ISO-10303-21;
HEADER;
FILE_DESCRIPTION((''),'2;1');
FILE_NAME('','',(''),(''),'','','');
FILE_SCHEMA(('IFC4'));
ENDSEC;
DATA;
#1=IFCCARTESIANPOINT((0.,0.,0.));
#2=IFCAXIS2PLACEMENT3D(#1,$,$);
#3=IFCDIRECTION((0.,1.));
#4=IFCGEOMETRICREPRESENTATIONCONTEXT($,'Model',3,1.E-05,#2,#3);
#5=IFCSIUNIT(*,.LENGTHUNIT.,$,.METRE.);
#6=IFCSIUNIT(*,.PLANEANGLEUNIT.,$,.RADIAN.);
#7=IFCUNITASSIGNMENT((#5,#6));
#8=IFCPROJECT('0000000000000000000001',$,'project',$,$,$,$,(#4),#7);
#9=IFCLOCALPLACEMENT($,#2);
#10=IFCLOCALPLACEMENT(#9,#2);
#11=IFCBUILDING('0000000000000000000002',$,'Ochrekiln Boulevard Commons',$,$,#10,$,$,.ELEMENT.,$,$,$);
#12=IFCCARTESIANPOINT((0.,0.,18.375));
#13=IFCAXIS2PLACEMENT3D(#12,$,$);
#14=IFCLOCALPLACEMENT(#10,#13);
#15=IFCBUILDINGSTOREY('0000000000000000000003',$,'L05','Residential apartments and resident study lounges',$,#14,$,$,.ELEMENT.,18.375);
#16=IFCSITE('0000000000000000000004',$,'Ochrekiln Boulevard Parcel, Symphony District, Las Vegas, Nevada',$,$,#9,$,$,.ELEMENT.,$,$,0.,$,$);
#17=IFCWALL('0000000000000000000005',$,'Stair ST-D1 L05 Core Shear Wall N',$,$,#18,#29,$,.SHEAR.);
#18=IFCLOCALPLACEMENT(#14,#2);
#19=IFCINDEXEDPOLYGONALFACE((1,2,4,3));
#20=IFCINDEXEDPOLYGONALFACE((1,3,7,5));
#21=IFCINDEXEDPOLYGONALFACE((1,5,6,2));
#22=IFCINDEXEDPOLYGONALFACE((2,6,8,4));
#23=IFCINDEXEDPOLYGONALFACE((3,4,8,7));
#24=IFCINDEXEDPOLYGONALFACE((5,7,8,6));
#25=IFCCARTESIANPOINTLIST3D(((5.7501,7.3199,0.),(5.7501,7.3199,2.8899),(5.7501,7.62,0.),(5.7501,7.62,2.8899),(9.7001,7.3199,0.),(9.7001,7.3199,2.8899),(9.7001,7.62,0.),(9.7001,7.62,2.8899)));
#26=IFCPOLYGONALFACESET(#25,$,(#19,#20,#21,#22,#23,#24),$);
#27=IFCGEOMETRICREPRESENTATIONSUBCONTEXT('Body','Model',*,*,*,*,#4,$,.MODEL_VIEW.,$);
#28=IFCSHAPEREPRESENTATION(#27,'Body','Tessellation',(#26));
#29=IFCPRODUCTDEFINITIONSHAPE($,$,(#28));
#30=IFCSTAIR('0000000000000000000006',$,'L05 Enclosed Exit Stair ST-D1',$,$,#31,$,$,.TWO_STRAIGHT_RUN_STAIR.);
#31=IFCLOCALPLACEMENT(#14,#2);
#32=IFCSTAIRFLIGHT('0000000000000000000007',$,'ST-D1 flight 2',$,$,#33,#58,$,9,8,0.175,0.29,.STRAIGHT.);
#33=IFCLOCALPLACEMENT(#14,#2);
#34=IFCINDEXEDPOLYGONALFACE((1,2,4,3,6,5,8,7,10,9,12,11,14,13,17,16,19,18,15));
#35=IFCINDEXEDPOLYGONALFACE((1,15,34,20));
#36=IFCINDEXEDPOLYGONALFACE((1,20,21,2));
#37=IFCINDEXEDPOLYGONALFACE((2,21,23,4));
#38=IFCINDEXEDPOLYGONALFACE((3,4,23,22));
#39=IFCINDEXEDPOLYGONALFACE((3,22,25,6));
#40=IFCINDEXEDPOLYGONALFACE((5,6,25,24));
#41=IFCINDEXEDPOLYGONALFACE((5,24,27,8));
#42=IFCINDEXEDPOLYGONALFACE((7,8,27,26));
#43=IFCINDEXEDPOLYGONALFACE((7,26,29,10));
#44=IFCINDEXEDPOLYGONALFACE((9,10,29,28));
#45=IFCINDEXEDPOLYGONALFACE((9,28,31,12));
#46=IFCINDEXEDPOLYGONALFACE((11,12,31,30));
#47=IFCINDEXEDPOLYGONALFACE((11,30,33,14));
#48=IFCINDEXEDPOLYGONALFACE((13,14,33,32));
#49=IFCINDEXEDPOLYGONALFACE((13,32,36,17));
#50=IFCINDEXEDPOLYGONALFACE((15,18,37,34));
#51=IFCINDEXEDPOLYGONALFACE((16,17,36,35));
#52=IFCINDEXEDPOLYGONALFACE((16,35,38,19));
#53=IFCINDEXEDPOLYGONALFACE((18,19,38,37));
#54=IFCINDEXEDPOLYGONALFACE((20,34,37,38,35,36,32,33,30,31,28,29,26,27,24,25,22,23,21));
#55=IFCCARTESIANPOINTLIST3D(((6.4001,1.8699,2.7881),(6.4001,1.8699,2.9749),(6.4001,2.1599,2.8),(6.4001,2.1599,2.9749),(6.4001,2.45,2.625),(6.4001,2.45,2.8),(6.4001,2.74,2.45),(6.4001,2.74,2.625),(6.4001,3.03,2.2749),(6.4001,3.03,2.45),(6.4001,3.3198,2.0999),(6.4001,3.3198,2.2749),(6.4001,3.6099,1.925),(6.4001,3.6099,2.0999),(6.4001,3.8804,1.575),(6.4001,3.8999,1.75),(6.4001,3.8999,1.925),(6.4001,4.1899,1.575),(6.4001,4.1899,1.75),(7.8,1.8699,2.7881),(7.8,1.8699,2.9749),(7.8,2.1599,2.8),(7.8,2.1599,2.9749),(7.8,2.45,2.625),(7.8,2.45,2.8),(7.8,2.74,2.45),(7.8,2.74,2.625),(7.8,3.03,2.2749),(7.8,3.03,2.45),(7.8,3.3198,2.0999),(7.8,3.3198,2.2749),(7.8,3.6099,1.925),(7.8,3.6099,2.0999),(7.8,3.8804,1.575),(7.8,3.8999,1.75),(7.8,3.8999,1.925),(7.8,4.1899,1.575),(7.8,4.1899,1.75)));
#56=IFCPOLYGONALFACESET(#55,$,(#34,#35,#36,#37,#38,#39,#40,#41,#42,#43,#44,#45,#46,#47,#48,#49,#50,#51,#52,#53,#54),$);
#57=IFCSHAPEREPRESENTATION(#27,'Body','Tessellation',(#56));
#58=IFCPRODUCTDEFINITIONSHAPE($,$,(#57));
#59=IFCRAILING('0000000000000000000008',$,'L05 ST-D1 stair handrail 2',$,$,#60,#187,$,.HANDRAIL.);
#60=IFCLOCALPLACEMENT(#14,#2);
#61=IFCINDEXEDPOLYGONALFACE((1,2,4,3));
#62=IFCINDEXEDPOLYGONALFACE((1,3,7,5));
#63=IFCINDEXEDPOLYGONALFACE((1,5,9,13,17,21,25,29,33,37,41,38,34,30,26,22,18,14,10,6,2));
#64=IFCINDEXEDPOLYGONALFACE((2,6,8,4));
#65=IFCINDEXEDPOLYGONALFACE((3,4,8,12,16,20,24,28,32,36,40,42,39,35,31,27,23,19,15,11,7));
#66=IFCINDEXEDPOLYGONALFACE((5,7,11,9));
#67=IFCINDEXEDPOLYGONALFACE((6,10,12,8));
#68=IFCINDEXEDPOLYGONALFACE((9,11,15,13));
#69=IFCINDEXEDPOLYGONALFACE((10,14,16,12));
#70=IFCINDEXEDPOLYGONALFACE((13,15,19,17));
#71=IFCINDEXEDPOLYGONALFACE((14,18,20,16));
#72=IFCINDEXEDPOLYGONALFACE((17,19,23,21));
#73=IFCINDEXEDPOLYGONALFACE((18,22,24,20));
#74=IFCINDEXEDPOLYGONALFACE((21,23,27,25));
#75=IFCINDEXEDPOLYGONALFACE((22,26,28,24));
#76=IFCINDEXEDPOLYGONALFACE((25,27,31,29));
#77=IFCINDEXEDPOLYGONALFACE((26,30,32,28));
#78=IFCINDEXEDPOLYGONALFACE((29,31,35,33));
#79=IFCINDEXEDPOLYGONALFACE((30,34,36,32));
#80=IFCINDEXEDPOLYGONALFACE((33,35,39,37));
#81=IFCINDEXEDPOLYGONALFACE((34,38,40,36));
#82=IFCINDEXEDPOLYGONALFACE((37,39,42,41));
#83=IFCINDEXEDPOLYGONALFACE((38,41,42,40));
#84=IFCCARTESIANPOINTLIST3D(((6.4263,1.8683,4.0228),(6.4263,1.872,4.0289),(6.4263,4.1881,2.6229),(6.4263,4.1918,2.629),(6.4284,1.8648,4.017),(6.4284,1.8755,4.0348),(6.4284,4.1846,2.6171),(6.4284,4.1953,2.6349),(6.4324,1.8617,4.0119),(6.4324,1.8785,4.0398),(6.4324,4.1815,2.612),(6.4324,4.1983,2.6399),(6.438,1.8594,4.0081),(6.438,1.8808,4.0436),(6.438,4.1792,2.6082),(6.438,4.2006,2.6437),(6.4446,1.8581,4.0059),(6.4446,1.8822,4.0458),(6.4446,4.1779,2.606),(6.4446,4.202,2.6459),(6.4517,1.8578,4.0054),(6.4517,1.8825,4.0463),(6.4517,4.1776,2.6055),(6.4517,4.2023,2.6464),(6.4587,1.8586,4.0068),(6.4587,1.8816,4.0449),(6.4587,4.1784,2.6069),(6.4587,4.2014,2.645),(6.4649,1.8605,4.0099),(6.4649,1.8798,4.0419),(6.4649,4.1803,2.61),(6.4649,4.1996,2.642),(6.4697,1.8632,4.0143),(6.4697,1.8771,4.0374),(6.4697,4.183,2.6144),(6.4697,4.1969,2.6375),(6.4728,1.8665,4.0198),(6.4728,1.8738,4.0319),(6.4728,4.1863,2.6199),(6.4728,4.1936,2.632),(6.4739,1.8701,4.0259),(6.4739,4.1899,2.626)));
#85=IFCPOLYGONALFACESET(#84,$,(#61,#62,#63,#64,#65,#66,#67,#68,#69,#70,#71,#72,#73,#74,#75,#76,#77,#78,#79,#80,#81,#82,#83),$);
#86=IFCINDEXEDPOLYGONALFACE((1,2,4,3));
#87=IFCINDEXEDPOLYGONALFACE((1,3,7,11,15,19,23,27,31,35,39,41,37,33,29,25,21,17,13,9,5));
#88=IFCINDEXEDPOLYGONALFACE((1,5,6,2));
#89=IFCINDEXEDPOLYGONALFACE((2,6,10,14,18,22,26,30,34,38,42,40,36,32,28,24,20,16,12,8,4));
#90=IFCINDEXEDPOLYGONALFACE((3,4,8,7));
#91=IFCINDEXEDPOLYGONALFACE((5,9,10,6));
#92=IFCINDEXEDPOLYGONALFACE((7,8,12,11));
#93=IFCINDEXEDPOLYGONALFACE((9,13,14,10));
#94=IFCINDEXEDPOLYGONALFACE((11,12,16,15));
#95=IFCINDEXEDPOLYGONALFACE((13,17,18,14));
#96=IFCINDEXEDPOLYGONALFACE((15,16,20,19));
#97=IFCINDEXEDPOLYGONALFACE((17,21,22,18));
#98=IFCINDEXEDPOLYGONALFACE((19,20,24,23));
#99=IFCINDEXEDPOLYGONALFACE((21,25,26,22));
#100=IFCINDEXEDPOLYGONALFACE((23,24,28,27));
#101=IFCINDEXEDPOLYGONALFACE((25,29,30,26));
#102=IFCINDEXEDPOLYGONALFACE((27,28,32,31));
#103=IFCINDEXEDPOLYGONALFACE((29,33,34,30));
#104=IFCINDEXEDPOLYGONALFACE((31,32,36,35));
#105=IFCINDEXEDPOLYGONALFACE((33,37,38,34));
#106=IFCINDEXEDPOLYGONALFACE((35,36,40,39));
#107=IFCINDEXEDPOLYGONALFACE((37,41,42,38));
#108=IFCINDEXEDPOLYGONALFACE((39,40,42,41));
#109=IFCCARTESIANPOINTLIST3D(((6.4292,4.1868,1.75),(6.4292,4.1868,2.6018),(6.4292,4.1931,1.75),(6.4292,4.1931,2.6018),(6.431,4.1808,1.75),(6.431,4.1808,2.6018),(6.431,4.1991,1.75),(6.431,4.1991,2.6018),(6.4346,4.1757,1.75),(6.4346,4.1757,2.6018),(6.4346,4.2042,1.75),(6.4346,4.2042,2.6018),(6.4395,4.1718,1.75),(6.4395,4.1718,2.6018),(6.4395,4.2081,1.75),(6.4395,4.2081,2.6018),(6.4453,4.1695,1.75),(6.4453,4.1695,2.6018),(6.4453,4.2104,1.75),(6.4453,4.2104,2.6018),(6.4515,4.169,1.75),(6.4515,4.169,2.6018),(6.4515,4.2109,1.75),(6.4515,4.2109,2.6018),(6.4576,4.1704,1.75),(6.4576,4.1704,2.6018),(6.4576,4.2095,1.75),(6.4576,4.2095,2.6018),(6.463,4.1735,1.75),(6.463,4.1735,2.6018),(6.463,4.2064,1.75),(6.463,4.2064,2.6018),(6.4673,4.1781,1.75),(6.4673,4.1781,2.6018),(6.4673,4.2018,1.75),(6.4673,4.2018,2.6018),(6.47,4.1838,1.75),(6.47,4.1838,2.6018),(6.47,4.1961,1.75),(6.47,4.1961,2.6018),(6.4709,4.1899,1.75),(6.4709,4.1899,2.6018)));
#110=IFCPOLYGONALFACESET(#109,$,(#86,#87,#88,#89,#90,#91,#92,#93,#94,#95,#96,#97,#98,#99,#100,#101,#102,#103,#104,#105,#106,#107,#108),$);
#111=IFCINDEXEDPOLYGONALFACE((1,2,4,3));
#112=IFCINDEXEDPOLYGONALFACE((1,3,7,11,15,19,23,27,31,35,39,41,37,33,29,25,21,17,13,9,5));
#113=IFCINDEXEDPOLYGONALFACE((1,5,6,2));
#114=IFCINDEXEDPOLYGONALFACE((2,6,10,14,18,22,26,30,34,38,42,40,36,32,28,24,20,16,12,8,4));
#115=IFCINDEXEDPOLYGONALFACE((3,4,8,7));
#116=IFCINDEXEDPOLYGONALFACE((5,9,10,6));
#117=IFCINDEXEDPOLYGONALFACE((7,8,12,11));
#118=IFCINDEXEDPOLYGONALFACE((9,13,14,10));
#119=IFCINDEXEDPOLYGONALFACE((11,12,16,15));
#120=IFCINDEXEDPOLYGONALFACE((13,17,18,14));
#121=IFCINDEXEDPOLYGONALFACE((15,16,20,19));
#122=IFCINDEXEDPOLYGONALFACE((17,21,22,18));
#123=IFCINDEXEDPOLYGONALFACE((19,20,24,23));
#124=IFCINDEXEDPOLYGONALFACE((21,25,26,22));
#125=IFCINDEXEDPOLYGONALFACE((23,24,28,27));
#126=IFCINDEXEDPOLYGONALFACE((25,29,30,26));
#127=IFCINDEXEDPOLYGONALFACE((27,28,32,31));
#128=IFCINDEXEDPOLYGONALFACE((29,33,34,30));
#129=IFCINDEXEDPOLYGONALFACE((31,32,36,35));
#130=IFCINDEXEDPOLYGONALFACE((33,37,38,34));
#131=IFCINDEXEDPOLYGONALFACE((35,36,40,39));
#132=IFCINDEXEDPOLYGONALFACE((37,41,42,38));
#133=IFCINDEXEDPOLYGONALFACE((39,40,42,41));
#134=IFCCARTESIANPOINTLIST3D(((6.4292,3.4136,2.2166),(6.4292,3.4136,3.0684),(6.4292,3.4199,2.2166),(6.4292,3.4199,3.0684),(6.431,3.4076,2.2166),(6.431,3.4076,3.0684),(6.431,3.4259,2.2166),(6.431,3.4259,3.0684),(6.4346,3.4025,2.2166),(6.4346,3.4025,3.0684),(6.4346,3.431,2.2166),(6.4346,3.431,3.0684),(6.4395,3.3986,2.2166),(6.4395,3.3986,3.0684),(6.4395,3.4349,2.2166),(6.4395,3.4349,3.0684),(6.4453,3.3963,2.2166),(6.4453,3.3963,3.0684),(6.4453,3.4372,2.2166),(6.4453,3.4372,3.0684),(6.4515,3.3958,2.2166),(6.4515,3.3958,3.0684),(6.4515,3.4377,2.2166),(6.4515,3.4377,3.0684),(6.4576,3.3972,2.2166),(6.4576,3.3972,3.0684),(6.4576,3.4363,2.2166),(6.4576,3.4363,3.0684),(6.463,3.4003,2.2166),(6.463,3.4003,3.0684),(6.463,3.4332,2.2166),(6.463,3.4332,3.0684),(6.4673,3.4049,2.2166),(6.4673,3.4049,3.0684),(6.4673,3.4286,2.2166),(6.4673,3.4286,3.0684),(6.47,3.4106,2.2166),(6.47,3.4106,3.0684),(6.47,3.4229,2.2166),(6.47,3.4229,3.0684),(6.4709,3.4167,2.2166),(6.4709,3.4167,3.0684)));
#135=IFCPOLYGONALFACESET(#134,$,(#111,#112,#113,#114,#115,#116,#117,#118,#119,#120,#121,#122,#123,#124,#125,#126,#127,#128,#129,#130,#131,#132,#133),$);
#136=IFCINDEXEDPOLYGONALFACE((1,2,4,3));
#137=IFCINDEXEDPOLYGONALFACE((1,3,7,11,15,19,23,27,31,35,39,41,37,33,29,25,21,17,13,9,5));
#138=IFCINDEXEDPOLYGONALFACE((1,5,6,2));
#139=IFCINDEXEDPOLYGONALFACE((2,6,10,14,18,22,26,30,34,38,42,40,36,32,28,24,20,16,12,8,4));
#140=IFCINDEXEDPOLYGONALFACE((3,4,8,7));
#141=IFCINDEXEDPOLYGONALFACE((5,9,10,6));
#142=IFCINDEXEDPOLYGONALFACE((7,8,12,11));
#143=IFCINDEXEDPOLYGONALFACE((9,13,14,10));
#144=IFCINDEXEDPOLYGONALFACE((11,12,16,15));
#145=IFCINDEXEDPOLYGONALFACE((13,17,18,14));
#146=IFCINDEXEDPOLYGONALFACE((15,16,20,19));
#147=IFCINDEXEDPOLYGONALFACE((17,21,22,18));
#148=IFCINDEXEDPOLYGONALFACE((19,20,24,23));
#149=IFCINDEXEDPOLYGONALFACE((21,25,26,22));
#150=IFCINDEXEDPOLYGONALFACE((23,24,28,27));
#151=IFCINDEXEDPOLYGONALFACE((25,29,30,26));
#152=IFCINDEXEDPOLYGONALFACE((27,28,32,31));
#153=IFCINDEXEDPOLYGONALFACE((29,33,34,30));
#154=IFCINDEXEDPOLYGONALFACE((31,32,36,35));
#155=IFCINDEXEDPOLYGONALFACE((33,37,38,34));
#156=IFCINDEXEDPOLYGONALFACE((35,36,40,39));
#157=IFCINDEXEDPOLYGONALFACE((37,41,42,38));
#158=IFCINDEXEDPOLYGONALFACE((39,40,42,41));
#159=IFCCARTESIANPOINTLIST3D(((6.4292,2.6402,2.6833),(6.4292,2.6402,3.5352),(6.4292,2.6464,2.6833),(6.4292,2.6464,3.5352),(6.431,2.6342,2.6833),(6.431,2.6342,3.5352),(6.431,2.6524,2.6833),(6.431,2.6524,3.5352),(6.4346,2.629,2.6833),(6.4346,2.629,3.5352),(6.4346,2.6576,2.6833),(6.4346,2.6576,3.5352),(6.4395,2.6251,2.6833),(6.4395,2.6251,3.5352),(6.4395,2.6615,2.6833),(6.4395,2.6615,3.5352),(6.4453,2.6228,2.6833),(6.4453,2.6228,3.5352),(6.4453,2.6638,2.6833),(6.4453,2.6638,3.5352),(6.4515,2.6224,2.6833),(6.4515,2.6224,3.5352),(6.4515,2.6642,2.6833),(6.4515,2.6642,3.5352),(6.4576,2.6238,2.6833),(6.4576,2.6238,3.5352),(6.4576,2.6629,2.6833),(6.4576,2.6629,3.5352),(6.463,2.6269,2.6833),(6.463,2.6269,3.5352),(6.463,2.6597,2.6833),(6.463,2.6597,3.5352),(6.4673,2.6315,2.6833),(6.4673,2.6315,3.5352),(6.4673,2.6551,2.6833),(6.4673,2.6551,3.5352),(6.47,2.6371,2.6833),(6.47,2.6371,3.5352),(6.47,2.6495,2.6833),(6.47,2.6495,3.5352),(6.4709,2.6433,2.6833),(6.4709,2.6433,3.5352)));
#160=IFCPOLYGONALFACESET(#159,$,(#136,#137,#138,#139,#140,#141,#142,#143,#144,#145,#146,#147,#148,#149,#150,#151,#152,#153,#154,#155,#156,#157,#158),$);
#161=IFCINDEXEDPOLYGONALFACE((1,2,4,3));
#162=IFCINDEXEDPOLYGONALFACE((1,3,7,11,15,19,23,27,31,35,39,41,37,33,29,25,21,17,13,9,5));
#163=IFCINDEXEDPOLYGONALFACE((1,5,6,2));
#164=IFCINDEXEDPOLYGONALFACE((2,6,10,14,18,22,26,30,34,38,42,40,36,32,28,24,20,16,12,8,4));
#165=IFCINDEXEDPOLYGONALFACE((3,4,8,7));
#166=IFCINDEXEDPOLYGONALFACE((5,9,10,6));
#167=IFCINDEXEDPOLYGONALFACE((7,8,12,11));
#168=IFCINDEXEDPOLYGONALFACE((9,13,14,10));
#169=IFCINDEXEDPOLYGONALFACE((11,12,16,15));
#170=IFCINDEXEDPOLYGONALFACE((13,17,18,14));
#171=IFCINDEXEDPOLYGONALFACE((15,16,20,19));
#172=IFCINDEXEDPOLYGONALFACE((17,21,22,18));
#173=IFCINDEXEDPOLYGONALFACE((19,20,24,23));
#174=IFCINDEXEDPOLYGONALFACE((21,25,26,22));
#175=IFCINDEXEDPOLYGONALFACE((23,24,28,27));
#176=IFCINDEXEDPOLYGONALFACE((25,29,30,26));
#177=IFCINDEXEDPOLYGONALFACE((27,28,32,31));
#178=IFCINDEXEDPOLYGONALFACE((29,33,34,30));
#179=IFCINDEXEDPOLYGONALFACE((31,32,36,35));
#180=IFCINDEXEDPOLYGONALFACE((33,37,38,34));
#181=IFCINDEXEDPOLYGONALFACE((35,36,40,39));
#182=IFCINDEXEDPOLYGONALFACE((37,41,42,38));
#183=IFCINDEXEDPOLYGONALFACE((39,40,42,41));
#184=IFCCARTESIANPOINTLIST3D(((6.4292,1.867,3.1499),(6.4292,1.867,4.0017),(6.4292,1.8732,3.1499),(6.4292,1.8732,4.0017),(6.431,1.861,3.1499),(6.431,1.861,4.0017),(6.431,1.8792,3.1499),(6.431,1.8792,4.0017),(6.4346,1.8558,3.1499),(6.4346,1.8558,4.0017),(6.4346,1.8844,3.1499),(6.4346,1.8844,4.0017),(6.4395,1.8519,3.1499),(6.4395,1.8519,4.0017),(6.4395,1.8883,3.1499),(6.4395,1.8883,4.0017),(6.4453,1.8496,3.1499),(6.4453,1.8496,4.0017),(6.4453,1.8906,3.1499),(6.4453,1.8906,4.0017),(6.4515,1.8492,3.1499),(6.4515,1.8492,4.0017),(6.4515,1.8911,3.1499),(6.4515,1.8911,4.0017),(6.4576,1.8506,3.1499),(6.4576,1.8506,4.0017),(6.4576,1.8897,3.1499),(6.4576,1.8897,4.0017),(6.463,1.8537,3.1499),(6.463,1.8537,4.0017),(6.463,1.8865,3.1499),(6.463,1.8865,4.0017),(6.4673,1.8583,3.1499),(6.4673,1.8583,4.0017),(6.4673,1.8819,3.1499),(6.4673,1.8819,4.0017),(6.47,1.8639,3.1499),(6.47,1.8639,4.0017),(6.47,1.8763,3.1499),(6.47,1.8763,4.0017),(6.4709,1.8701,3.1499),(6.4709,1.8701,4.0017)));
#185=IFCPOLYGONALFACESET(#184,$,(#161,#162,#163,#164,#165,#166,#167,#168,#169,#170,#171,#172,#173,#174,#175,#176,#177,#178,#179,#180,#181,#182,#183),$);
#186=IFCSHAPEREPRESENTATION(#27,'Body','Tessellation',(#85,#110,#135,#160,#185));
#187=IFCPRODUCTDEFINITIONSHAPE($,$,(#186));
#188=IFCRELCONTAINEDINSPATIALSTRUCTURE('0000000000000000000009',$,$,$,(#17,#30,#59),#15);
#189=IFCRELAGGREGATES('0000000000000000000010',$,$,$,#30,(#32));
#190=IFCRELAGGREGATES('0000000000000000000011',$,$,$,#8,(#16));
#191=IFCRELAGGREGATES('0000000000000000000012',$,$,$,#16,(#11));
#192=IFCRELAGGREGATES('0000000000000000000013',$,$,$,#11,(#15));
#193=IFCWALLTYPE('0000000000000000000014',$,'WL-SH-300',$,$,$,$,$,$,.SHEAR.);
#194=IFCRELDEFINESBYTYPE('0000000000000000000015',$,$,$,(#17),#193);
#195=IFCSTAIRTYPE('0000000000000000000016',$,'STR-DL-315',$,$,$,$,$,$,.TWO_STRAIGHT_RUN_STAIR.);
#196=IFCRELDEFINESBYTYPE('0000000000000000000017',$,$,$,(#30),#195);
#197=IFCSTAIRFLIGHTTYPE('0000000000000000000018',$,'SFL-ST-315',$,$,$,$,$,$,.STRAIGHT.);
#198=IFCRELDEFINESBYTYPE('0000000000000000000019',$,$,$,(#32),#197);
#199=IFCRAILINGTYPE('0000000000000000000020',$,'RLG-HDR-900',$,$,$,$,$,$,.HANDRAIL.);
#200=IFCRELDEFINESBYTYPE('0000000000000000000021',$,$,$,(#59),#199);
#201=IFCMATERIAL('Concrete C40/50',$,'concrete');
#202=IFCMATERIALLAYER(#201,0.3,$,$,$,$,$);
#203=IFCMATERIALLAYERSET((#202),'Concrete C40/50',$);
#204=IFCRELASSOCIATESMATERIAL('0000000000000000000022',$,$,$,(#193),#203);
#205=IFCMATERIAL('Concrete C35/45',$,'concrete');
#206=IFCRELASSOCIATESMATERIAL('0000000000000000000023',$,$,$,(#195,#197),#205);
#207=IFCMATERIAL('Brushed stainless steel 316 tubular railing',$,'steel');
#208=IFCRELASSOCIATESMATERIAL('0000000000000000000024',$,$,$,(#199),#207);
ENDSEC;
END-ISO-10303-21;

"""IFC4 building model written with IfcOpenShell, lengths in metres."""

from ifc_helpers import new_model, si_unit, direction, frame, frame_2d, origin, origin_2d, place, context, subcontext, project, spatial, polyline, rectangle, circle, outline, extrude, material, layer, layer_set, type_object, element, aggregate, save


model = new_model("IFC4")

# Units and contexts
model_context = context("Model", 3, precision=1e-05, world=origin(), true_north=direction((0.0, 1.0)))
body_context = subcontext(model_context, "Body", "Model", "MODEL_VIEW")
ifc_project = project(units=[si_unit("LENGTHUNIT", "METRE"), si_unit("PLANEANGLEUNIT", "RADIAN")], contexts=[model_context])

# Site, building, storey
site_placement = place(None, origin())
site = spatial("IfcSite", under=ifc_project, at=site_placement, Name="Ochrekiln Boulevard Parcel, Symphony District, Las Vegas, Nevada", CompositionType="ELEMENT", RefElevation=0.0)
building_placement = place(site_placement, origin())
building = spatial("IfcBuilding", under=site, at=building_placement, Name="Ochrekiln Boulevard Commons", CompositionType="ELEMENT")
storey_placement = place(building_placement, frame((0.0, 0.0, 18.375)))
storey = spatial("IfcBuildingStorey", under=building, at=storey_placement, Name="L05", Description="Residential apartments and resident study lounges", CompositionType="ELEMENT", Elevation=18.375)

# Shared definitions
ifc_material_1 = material(Name="Concrete C40/50", Category="concrete")

# Shared definitions
ifc_material_2 = material(Name="Concrete C35/45", Category="concrete")

# Wall
ifc_layer_1 = layer(ifc_material_1, 0.3)
ifc_layer_set_1 = layer_set([ifc_layer_1], Name="Concrete C40/50")
wall_type_1 = type_object("IfcWallType", Name="WL-SH-300", PredefinedType="SHEAR", material=ifc_layer_set_1)
wall_1_placement = place(storey_placement, frame((5.75, 7.47, 0.0), z_axis=(0.0, 0.0, 1.0), x_axis=(1.0, 0.0, 0.0)))
element("IfcWall", 1, at=wall_1_placement, inside=storey, type_object=wall_type_1, Name="Stair ST-D1 L05 Core Shear Wall N", PredefinedType="SHEAR", context=body_context, shape_type="SweptSolid", body=[
    extrude(rectangle(XDim=3.95, YDim=0.3, at=frame_2d((1.9751, 0.0))), origin(), (0.0, 0.0, 1.0), 2.8899),
])

# Stair, stair flight
stair_type = type_object("IfcStairType", Name="STR-DL-315", PredefinedType="TWO_STRAIGHT_RUN_STAIR", material=ifc_material_2)
stair_placement = place(storey_placement, origin())
stair = element("IfcStair", 2, at=stair_placement, inside=storey, type_object=stair_type, Name="L05 Enclosed Exit Stair ST-D1", PredefinedType="TWO_STRAIGHT_RUN_STAIR")
stair_flight_type = type_object("IfcStairFlightType", Name="SFL-ST-315", PredefinedType="STRAIGHT", material=ifc_material_2)
stair_flight_placement = place(storey_placement, frame((7.1001, 4.1899, 1.575), z_axis=(0.0, 0.0, 1.0), x_axis=(0.0, -1.0, 0.0)))
stair_flight = element("IfcStairFlight", 3, at=stair_flight_placement, type_object=stair_flight_type, Name="ST-D1 flight 2", NumberOfRisers=9, NumberOfTreads=8, PredefinedType="STRAIGHT", RiserHeight=0.175, TreadLength=0.29, context=body_context, shape_type="SweptSolid", body=[
    extrude(outline(polyline([(0.0, 0.0), (0.0, 0.175), (0.29, 0.175), (0.29, 0.3501), (0.5801, 0.3501), (0.5801, 0.5249), (0.8701, 0.5249), (0.8701, 0.7), (1.1599, 0.7), (1.1599, 0.875), (1.45, 0.875), (1.45, 1.05), (1.74, 1.05), (1.74, 1.2251), (2.03, 1.2251), (2.03, 1.3999), (2.3201, 1.3999), (2.3201, 1.575), (2.3201, 1.2131), (0.3096, 0.0), (0.0, 0.0)])), frame((0.0, 0.7, 0.0), z_axis=(0.0, -1.0, 0.0), x_axis=(1.0, 0.0, 0.0)), (0.0, 0.0, 1.0), 1.3999),
])
aggregate(stair, [stair_flight])

# Railing
ifc_material_3 = material(Name="Brushed stainless steel 316 tubular railing", Category="steel")
railing_type = type_object("IfcRailingType", Name="RLG-HDR-900", PredefinedType="HANDRAIL", material=ifc_material_3)
railing_placement = place(storey_placement, frame((6.45, 4.1899, 1.75)))
element("IfcRailing", 4, at=railing_placement, inside=storey, type_object=railing_type, Name="L05 ST-D1 stair handrail 2", PredefinedType="HANDRAIL", context=body_context, shape_type="SweptSolid", body=[
    extrude(circle(Radius=0.0239, at=origin_2d()), frame((0.0, 0.0, 0.876), z_axis=(0.0, -0.856186, 0.516667), x_axis=(1.0, 0.0, 0.0)), (0.0, 0.0, 1.0), 2.7095),
    extrude(circle(Radius=0.021, at=origin_2d()), origin(), (0.0, 0.0, 1.0), 0.8518),
    extrude(circle(Radius=0.021, at=origin_2d()), frame((0.0, -0.7732, 0.4666)), (0.0, 0.0, 1.0), 0.8518),
    extrude(circle(Radius=0.021, at=origin_2d()), frame((0.0, -1.5466, 0.9333)), (0.0, 0.0, 1.0), 0.8518),
    extrude(circle(Radius=0.021, at=origin_2d()), frame((0.0, -2.3198, 1.3999)), (0.0, 0.0, 1.0), 0.8518),
])

save(model, "model.ifc")
